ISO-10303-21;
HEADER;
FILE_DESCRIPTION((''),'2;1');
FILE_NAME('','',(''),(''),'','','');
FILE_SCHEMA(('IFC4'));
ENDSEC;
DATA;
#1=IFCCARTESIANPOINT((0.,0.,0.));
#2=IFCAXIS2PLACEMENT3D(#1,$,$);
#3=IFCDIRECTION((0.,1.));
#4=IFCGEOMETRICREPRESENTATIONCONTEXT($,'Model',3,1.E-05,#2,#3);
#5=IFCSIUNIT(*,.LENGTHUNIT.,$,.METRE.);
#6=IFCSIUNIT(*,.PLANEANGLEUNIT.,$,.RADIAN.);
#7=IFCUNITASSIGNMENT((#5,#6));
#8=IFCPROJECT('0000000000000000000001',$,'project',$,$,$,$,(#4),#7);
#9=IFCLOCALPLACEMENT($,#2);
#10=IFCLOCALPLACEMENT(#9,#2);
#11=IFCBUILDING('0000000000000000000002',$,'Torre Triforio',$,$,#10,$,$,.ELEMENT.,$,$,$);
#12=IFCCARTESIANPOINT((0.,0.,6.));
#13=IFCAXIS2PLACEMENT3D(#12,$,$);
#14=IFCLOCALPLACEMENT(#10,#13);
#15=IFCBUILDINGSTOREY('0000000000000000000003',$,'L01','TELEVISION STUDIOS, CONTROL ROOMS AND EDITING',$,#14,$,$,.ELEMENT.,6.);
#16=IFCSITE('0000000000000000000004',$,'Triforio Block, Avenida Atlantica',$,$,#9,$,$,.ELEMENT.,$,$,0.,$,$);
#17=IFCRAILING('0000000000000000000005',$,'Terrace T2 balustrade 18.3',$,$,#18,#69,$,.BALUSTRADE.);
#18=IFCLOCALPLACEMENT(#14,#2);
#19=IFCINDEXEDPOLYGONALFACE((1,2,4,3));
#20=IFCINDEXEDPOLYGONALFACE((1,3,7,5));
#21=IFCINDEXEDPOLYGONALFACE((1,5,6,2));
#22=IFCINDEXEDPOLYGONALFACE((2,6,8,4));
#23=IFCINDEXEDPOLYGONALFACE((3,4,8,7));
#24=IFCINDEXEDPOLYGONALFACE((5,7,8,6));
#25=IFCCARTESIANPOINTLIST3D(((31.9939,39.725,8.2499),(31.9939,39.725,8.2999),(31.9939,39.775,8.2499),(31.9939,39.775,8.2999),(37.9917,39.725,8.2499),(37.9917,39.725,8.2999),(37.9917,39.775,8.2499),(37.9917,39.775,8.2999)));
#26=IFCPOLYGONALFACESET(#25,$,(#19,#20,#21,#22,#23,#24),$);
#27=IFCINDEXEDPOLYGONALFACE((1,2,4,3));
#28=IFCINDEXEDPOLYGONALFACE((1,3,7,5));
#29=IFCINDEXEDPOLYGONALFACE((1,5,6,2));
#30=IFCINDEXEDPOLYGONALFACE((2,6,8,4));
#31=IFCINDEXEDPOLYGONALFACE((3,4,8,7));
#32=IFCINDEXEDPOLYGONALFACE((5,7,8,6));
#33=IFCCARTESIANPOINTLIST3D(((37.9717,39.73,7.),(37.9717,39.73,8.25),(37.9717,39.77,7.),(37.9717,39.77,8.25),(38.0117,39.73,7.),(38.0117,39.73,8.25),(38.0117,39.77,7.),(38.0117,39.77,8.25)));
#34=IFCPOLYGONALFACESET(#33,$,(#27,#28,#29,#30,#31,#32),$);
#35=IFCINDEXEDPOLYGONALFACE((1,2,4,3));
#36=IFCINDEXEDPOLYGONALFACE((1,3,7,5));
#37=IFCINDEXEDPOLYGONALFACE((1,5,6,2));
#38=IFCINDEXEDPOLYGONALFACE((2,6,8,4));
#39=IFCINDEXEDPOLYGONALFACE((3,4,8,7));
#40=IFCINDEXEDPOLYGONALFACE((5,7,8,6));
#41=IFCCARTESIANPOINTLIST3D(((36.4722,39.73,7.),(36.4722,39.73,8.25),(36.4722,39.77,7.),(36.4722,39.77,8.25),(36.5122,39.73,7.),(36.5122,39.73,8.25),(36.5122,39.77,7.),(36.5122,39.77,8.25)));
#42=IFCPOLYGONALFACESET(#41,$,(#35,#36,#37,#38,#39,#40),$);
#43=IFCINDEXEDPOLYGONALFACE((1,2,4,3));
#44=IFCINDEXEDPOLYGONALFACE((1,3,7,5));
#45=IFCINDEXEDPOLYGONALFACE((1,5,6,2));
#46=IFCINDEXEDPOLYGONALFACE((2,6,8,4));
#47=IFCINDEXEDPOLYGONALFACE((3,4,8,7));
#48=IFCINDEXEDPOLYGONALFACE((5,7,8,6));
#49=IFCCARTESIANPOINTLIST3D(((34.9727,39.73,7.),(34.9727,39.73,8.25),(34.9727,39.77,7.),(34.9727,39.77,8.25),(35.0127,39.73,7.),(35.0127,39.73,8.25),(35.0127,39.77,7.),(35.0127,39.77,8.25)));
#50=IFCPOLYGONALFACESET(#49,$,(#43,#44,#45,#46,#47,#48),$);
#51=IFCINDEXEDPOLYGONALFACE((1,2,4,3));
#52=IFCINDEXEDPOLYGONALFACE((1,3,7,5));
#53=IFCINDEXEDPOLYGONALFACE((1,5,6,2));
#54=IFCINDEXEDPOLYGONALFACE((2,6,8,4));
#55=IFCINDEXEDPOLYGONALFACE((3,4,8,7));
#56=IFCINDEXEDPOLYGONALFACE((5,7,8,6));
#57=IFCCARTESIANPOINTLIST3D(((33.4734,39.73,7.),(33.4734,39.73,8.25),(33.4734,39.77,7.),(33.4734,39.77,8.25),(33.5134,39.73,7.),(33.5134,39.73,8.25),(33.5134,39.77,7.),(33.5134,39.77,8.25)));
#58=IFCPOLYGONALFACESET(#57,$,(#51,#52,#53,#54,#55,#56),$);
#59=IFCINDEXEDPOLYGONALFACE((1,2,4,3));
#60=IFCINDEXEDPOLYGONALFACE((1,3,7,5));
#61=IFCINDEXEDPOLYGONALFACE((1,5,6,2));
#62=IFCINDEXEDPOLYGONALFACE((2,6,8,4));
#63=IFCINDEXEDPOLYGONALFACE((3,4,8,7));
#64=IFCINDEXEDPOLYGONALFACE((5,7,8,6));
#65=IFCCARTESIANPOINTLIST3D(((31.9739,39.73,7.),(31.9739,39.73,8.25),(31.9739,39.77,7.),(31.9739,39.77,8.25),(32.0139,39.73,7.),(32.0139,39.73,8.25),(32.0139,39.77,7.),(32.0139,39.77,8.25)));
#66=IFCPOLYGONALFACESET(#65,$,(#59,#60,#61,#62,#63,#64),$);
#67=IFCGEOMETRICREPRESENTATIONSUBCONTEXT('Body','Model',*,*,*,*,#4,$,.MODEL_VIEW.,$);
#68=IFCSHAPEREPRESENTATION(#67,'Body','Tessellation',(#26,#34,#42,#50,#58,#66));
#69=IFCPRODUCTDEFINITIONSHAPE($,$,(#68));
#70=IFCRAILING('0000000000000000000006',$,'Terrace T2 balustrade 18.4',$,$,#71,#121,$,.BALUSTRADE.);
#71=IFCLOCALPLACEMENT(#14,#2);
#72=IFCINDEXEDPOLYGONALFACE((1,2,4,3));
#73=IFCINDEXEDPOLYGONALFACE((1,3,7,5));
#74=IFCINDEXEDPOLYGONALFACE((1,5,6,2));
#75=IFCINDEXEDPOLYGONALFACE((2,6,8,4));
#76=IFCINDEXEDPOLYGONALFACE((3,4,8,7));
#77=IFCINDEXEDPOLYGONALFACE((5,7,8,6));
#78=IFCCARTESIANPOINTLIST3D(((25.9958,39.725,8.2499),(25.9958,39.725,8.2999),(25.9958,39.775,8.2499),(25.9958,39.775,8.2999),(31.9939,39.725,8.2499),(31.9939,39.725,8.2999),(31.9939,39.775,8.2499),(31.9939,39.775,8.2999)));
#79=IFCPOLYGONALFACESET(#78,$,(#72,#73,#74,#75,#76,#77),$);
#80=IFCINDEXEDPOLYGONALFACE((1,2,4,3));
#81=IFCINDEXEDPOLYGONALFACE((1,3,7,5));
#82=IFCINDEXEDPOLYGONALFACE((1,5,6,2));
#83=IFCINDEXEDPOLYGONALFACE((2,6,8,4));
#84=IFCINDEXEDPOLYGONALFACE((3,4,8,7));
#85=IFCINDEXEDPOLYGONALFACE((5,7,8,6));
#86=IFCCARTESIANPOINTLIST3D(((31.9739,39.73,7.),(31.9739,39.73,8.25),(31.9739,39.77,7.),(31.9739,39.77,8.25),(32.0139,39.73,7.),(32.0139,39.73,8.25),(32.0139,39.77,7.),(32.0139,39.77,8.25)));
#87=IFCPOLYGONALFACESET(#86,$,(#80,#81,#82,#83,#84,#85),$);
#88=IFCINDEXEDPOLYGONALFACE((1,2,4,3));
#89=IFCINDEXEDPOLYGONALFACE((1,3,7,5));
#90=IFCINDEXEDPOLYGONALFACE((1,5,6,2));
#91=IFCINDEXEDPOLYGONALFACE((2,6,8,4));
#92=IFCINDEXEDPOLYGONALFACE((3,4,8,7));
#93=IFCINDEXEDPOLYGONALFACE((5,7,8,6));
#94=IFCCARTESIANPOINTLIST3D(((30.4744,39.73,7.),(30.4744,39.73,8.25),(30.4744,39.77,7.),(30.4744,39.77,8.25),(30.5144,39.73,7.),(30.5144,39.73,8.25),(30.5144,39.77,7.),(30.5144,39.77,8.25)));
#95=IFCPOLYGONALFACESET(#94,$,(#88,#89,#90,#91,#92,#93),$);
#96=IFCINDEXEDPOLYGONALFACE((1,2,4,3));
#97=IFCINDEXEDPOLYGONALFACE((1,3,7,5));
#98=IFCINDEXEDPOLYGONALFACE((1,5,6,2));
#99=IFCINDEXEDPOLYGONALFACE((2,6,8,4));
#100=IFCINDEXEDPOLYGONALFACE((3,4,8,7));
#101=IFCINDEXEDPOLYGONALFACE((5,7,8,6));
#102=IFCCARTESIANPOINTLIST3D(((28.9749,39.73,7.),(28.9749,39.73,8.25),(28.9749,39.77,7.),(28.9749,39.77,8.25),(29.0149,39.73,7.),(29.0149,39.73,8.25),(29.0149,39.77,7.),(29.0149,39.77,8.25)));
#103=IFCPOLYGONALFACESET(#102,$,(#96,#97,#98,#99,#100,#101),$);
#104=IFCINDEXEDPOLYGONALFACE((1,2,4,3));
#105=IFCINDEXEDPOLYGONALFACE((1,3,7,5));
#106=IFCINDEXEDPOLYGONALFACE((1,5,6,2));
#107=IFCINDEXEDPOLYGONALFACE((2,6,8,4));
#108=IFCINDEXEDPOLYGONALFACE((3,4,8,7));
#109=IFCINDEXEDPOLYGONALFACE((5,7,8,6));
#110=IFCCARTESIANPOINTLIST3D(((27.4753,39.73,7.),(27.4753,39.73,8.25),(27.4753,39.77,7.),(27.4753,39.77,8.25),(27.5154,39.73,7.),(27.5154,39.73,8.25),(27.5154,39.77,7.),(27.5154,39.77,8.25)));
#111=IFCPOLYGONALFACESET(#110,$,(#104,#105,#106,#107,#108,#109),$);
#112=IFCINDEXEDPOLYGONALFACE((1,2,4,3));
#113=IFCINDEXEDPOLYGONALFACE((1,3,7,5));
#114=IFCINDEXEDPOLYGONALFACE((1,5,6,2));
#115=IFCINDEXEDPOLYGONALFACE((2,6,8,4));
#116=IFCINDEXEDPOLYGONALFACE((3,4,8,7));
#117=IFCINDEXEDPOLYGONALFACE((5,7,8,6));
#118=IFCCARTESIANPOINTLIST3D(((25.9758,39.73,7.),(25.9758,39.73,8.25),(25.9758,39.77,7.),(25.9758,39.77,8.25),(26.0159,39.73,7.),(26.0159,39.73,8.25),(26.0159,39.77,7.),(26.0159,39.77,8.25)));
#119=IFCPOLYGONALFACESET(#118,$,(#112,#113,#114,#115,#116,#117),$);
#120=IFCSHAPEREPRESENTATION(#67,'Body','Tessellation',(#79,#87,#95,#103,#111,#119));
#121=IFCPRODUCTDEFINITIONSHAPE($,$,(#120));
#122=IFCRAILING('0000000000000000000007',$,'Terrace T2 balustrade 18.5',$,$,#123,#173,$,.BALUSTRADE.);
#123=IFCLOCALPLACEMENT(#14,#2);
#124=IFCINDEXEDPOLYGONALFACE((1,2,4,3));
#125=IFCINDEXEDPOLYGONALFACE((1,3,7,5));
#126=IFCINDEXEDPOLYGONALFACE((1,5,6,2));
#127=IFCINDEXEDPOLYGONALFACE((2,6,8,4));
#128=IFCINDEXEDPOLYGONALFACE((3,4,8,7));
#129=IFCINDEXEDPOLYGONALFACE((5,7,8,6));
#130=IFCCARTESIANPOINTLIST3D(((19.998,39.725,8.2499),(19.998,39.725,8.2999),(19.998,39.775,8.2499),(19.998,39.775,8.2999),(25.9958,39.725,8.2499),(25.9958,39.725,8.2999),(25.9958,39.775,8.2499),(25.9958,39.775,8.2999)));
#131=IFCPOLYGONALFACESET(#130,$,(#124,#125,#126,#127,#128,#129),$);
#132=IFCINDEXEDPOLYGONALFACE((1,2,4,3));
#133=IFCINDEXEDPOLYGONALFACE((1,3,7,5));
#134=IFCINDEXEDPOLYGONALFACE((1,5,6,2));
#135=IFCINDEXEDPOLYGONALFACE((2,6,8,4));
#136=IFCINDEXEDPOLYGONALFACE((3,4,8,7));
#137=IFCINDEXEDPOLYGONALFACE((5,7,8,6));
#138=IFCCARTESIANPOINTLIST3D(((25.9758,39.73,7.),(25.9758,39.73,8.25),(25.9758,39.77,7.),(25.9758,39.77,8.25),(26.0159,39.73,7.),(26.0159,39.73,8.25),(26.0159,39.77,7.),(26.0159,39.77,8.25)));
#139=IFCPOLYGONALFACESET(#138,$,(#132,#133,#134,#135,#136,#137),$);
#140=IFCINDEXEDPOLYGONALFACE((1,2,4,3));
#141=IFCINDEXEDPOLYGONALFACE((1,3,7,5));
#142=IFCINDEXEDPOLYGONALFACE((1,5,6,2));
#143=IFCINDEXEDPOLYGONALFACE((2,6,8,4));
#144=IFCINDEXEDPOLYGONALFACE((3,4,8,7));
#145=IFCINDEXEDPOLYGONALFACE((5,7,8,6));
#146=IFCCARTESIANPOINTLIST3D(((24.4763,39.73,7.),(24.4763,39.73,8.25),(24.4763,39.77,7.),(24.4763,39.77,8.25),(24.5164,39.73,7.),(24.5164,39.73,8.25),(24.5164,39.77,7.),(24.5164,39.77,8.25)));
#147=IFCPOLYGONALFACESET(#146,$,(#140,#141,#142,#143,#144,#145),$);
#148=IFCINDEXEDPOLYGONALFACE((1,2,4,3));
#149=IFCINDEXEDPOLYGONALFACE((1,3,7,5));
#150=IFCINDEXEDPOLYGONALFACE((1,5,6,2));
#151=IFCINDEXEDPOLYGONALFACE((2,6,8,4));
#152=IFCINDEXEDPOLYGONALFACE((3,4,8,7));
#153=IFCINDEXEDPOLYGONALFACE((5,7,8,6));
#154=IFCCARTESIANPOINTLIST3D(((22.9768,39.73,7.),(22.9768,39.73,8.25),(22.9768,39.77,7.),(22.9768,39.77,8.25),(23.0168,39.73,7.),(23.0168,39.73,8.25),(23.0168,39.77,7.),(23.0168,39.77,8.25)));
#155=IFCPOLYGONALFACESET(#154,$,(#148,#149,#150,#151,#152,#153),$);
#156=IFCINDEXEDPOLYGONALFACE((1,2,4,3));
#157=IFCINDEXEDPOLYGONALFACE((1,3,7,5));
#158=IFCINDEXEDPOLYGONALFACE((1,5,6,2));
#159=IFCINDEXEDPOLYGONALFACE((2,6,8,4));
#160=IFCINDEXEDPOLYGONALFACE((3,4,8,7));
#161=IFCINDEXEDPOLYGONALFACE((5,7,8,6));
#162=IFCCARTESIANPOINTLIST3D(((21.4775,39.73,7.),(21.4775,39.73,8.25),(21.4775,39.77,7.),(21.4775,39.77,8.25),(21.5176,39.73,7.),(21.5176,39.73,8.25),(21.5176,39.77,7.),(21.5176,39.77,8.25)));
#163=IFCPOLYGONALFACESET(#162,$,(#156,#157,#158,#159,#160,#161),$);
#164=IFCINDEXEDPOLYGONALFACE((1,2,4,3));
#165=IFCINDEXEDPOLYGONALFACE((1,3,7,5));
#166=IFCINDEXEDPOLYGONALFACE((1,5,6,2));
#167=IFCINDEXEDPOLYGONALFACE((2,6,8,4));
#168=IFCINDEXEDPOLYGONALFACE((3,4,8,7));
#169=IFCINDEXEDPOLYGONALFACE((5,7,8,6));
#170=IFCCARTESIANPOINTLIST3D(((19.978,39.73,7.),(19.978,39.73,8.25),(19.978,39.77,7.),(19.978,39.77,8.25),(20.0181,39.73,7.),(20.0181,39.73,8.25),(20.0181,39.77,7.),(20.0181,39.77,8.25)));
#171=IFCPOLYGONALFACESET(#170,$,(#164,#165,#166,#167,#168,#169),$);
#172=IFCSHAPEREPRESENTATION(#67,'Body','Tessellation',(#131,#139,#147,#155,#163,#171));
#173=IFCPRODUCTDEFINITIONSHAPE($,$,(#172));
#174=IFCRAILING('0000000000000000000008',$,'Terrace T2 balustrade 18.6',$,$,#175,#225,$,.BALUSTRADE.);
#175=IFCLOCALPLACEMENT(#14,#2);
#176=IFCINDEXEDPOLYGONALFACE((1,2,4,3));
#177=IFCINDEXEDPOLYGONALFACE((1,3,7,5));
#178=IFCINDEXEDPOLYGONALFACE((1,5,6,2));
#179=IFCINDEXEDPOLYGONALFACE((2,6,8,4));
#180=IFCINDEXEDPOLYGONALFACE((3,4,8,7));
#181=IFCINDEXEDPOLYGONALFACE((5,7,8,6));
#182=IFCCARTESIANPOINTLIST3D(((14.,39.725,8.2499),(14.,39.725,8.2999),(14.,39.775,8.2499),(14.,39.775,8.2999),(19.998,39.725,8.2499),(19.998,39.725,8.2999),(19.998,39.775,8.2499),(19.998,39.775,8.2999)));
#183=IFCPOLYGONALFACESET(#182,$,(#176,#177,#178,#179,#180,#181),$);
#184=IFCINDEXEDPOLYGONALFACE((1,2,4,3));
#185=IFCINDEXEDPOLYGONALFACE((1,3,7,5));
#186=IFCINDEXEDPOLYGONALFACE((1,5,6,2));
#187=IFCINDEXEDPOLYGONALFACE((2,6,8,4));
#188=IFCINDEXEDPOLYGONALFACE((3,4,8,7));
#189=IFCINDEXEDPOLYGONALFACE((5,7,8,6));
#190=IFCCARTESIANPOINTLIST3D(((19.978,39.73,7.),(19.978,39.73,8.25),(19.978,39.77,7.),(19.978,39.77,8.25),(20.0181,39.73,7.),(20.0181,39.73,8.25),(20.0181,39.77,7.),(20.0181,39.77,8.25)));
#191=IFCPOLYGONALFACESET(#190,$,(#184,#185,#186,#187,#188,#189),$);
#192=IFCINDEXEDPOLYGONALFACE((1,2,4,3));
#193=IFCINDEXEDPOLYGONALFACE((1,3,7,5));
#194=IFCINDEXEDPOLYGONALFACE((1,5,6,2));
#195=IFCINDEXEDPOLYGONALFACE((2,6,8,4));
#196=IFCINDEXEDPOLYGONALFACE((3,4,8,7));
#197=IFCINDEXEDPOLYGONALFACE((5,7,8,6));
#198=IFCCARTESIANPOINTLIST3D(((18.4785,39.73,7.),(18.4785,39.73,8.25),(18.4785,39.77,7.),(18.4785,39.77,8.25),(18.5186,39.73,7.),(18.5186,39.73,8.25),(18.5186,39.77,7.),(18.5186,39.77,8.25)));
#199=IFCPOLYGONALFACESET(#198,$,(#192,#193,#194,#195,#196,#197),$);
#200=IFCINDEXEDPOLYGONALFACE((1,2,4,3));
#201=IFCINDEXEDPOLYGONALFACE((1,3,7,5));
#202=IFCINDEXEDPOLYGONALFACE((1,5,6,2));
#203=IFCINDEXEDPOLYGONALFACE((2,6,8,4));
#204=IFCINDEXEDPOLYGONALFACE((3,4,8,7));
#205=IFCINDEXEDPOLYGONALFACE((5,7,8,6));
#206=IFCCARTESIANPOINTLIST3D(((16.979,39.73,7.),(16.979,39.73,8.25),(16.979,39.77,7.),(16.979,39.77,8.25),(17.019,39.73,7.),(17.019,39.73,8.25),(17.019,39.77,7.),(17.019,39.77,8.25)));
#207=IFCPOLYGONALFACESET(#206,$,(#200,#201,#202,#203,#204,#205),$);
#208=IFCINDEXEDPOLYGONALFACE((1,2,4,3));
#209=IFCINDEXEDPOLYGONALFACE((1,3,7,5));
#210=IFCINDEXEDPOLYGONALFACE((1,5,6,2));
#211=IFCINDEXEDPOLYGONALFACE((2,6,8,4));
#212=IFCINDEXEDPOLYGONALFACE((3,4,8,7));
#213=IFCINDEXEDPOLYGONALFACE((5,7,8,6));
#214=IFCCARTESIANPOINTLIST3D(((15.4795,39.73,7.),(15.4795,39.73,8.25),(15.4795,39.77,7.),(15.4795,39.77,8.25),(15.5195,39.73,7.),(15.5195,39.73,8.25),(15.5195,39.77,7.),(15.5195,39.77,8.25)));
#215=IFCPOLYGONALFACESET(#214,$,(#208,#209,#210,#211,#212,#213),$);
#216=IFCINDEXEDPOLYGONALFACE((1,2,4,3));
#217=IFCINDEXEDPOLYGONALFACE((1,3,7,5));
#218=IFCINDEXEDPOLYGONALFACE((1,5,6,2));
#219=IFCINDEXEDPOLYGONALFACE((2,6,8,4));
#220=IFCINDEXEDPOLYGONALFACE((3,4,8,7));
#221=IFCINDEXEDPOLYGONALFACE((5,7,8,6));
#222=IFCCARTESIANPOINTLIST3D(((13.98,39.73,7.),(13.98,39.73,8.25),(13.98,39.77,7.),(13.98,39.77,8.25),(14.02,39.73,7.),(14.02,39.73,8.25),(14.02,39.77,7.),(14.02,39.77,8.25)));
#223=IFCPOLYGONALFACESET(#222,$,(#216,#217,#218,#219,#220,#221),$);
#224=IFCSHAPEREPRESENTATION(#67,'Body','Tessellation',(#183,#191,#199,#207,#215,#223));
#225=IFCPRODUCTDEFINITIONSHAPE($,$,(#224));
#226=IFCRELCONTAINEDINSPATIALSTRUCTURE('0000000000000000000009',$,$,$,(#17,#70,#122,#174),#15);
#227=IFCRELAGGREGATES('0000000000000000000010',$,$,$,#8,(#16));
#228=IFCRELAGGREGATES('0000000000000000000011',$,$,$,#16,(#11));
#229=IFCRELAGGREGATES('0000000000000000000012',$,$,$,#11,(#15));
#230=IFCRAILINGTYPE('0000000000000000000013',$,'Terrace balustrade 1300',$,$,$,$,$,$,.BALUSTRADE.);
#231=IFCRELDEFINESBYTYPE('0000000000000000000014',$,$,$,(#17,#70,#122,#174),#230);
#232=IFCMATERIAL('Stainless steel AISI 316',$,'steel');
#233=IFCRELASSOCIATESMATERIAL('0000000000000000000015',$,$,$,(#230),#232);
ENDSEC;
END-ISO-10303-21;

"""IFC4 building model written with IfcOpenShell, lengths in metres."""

from ifc_helpers import new_model, si_unit, direction, frame, origin, origin_2d, place, context, subcontext, project, spatial, rectangle, extrude, material, type_object, element, save


model = new_model("IFC4")

# Units and contexts
model_context = context("Model", 3, precision=1e-05, world=origin(), true_north=direction((0.0, 1.0)))
body_context = subcontext(model_context, "Body", "Model", "MODEL_VIEW")
ifc_project = project(units=[si_unit("LENGTHUNIT", "METRE"), si_unit("PLANEANGLEUNIT", "RADIAN")], contexts=[model_context])

# Site, building, storey
site_placement = place(None, origin())
site = spatial("IfcSite", under=ifc_project, at=site_placement, Name="Triforio Block, Avenida Atlantica", CompositionType="ELEMENT", RefElevation=0.0)
building_placement = place(site_placement, origin())
building = spatial("IfcBuilding", under=site, at=building_placement, Name="Torre Triforio", CompositionType="ELEMENT")
storey_placement = place(building_placement, frame((0.0, 0.0, 6.0)))
storey = spatial("IfcBuildingStorey", under=building, at=storey_placement, Name="L01", Description="TELEVISION STUDIOS, CONTROL ROOMS AND EDITING", CompositionType="ELEMENT", Elevation=6.0)

# Railings
ifc_material_1 = material(Name="Stainless steel AISI 316", Category="steel")
railing_type = type_object("IfcRailingType", Name="Terrace balustrade 1300", PredefinedType="BALUSTRADE", material=ifc_material_1)
railing_1_placement = place(storey_placement, frame((37.9917, 39.75, 7.0)))
element("IfcRailing", 1, at=railing_1_placement, inside=storey, type_object=railing_type, Name="Terrace T2 balustrade 18.3", PredefinedType="BALUSTRADE", context=body_context, shape_type="SweptSolid", body=[
    extrude(rectangle(XDim=0.05, YDim=0.05, at=origin_2d()), frame((0.0, 0.0, 1.2749), z_axis=(-1.0, 0.0, 0.0), x_axis=(0.0, -1.0, 0.0)), (0.0, 0.0, 1.0), 5.9978),
    extrude(rectangle(XDim=0.04, YDim=0.04, at=origin_2d()), origin(), (0.0, 0.0, 1.0), 1.25),
    extrude(rectangle(XDim=0.04, YDim=0.04, at=origin_2d()), frame((-1.4995, 0.0, 0.0)), (0.0, 0.0, 1.0), 1.25),
    extrude(rectangle(XDim=0.04, YDim=0.04, at=origin_2d()), frame((-2.999, 0.0, 0.0)), (0.0, 0.0, 1.0), 1.25),
    extrude(rectangle(XDim=0.04, YDim=0.04, at=origin_2d()), frame((-4.4983, 0.0, 0.0)), (0.0, 0.0, 1.0), 1.25),
    extrude(rectangle(XDim=0.04, YDim=0.04, at=origin_2d()), frame((-5.9978, 0.0, 0.0)), (0.0, 0.0, 1.0), 1.25),
])
railing_2_placement = place(storey_placement, frame((31.9939, 39.75, 7.0)))
element("IfcRailing", 2, at=railing_2_placement, inside=storey, type_object=railing_type, Name="Terrace T2 balustrade 18.4", PredefinedType="BALUSTRADE", context=body_context, shape_type="SweptSolid", body=[
    extrude(rectangle(XDim=0.05, YDim=0.05, at=origin_2d()), frame((0.0, 0.0, 1.2749), z_axis=(-1.0, 0.0, 0.0), x_axis=(0.0, -1.0, 0.0)), (0.0, 0.0, 1.0), 5.998),
    extrude(rectangle(XDim=0.04, YDim=0.04, at=origin_2d()), origin(), (0.0, 0.0, 1.0), 1.25),
    extrude(rectangle(XDim=0.04, YDim=0.04, at=origin_2d()), frame((-1.4995, 0.0, 0.0)), (0.0, 0.0, 1.0), 1.25),
    extrude(rectangle(XDim=0.04, YDim=0.04, at=origin_2d()), frame((-2.999, 0.0, 0.0)), (0.0, 0.0, 1.0), 1.25),
    extrude(rectangle(XDim=0.04, YDim=0.04, at=origin_2d()), frame((-4.4985, 0.0, 0.0)), (0.0, 0.0, 1.0), 1.25),
    extrude(rectangle(XDim=0.04, YDim=0.04, at=origin_2d()), frame((-5.998, 0.0, 0.0)), (0.0, 0.0, 1.0), 1.25),
])
railing_3_placement = place(storey_placement, frame((25.9958, 39.75, 7.0)))
element("IfcRailing", 3, at=railing_3_placement, inside=storey, type_object=railing_type, Name="Terrace T2 balustrade 18.5", PredefinedType="BALUSTRADE", context=body_context, shape_type="SweptSolid", body=[
    extrude(rectangle(XDim=0.05, YDim=0.05, at=origin_2d()), frame((0.0, 0.0, 1.2749), z_axis=(-1.0, 0.0, 0.0), x_axis=(0.0, -1.0, 0.0)), (0.0, 0.0, 1.0), 5.9978),
    extrude(rectangle(XDim=0.04, YDim=0.04, at=origin_2d()), origin(), (0.0, 0.0, 1.0), 1.25),
    extrude(rectangle(XDim=0.04, YDim=0.04, at=origin_2d()), frame((-1.4995, 0.0, 0.0)), (0.0, 0.0, 1.0), 1.25),
    extrude(rectangle(XDim=0.04, YDim=0.04, at=origin_2d()), frame((-2.999, 0.0, 0.0)), (0.0, 0.0, 1.0), 1.25),
    extrude(rectangle(XDim=0.04, YDim=0.04, at=origin_2d()), frame((-4.4983, 0.0, 0.0)), (0.0, 0.0, 1.0), 1.25),
    extrude(rectangle(XDim=0.04, YDim=0.04, at=origin_2d()), frame((-5.9978, 0.0, 0.0)), (0.0, 0.0, 1.0), 1.25),
])
railing_4_placement = place(storey_placement, frame((19.998, 39.75, 7.0)))
element("IfcRailing", 4, at=railing_4_placement, inside=storey, type_object=railing_type, Name="Terrace T2 balustrade 18.6", PredefinedType="BALUSTRADE", context=body_context, shape_type="SweptSolid", body=[
    extrude(rectangle(XDim=0.05, YDim=0.05, at=origin_2d()), frame((0.0, 0.0, 1.2749), z_axis=(-1.0, 0.0, 0.0), x_axis=(0.0, -1.0, 0.0)), (0.0, 0.0, 1.0), 5.998),
    extrude(rectangle(XDim=0.04, YDim=0.04, at=origin_2d()), origin(), (0.0, 0.0, 1.0), 1.25),
    extrude(rectangle(XDim=0.04, YDim=0.04, at=origin_2d()), frame((-1.4995, 0.0, 0.0)), (0.0, 0.0, 1.0), 1.25),
    extrude(rectangle(XDim=0.04, YDim=0.04, at=origin_2d()), frame((-2.999, 0.0, 0.0)), (0.0, 0.0, 1.0), 1.25),
    extrude(rectangle(XDim=0.04, YDim=0.04, at=origin_2d()), frame((-4.4985, 0.0, 0.0)), (0.0, 0.0, 1.0), 1.25),
    extrude(rectangle(XDim=0.04, YDim=0.04, at=origin_2d()), frame((-5.998, 0.0, 0.0)), (0.0, 0.0, 1.0), 1.25),
])

save(model, "model.ifc")
